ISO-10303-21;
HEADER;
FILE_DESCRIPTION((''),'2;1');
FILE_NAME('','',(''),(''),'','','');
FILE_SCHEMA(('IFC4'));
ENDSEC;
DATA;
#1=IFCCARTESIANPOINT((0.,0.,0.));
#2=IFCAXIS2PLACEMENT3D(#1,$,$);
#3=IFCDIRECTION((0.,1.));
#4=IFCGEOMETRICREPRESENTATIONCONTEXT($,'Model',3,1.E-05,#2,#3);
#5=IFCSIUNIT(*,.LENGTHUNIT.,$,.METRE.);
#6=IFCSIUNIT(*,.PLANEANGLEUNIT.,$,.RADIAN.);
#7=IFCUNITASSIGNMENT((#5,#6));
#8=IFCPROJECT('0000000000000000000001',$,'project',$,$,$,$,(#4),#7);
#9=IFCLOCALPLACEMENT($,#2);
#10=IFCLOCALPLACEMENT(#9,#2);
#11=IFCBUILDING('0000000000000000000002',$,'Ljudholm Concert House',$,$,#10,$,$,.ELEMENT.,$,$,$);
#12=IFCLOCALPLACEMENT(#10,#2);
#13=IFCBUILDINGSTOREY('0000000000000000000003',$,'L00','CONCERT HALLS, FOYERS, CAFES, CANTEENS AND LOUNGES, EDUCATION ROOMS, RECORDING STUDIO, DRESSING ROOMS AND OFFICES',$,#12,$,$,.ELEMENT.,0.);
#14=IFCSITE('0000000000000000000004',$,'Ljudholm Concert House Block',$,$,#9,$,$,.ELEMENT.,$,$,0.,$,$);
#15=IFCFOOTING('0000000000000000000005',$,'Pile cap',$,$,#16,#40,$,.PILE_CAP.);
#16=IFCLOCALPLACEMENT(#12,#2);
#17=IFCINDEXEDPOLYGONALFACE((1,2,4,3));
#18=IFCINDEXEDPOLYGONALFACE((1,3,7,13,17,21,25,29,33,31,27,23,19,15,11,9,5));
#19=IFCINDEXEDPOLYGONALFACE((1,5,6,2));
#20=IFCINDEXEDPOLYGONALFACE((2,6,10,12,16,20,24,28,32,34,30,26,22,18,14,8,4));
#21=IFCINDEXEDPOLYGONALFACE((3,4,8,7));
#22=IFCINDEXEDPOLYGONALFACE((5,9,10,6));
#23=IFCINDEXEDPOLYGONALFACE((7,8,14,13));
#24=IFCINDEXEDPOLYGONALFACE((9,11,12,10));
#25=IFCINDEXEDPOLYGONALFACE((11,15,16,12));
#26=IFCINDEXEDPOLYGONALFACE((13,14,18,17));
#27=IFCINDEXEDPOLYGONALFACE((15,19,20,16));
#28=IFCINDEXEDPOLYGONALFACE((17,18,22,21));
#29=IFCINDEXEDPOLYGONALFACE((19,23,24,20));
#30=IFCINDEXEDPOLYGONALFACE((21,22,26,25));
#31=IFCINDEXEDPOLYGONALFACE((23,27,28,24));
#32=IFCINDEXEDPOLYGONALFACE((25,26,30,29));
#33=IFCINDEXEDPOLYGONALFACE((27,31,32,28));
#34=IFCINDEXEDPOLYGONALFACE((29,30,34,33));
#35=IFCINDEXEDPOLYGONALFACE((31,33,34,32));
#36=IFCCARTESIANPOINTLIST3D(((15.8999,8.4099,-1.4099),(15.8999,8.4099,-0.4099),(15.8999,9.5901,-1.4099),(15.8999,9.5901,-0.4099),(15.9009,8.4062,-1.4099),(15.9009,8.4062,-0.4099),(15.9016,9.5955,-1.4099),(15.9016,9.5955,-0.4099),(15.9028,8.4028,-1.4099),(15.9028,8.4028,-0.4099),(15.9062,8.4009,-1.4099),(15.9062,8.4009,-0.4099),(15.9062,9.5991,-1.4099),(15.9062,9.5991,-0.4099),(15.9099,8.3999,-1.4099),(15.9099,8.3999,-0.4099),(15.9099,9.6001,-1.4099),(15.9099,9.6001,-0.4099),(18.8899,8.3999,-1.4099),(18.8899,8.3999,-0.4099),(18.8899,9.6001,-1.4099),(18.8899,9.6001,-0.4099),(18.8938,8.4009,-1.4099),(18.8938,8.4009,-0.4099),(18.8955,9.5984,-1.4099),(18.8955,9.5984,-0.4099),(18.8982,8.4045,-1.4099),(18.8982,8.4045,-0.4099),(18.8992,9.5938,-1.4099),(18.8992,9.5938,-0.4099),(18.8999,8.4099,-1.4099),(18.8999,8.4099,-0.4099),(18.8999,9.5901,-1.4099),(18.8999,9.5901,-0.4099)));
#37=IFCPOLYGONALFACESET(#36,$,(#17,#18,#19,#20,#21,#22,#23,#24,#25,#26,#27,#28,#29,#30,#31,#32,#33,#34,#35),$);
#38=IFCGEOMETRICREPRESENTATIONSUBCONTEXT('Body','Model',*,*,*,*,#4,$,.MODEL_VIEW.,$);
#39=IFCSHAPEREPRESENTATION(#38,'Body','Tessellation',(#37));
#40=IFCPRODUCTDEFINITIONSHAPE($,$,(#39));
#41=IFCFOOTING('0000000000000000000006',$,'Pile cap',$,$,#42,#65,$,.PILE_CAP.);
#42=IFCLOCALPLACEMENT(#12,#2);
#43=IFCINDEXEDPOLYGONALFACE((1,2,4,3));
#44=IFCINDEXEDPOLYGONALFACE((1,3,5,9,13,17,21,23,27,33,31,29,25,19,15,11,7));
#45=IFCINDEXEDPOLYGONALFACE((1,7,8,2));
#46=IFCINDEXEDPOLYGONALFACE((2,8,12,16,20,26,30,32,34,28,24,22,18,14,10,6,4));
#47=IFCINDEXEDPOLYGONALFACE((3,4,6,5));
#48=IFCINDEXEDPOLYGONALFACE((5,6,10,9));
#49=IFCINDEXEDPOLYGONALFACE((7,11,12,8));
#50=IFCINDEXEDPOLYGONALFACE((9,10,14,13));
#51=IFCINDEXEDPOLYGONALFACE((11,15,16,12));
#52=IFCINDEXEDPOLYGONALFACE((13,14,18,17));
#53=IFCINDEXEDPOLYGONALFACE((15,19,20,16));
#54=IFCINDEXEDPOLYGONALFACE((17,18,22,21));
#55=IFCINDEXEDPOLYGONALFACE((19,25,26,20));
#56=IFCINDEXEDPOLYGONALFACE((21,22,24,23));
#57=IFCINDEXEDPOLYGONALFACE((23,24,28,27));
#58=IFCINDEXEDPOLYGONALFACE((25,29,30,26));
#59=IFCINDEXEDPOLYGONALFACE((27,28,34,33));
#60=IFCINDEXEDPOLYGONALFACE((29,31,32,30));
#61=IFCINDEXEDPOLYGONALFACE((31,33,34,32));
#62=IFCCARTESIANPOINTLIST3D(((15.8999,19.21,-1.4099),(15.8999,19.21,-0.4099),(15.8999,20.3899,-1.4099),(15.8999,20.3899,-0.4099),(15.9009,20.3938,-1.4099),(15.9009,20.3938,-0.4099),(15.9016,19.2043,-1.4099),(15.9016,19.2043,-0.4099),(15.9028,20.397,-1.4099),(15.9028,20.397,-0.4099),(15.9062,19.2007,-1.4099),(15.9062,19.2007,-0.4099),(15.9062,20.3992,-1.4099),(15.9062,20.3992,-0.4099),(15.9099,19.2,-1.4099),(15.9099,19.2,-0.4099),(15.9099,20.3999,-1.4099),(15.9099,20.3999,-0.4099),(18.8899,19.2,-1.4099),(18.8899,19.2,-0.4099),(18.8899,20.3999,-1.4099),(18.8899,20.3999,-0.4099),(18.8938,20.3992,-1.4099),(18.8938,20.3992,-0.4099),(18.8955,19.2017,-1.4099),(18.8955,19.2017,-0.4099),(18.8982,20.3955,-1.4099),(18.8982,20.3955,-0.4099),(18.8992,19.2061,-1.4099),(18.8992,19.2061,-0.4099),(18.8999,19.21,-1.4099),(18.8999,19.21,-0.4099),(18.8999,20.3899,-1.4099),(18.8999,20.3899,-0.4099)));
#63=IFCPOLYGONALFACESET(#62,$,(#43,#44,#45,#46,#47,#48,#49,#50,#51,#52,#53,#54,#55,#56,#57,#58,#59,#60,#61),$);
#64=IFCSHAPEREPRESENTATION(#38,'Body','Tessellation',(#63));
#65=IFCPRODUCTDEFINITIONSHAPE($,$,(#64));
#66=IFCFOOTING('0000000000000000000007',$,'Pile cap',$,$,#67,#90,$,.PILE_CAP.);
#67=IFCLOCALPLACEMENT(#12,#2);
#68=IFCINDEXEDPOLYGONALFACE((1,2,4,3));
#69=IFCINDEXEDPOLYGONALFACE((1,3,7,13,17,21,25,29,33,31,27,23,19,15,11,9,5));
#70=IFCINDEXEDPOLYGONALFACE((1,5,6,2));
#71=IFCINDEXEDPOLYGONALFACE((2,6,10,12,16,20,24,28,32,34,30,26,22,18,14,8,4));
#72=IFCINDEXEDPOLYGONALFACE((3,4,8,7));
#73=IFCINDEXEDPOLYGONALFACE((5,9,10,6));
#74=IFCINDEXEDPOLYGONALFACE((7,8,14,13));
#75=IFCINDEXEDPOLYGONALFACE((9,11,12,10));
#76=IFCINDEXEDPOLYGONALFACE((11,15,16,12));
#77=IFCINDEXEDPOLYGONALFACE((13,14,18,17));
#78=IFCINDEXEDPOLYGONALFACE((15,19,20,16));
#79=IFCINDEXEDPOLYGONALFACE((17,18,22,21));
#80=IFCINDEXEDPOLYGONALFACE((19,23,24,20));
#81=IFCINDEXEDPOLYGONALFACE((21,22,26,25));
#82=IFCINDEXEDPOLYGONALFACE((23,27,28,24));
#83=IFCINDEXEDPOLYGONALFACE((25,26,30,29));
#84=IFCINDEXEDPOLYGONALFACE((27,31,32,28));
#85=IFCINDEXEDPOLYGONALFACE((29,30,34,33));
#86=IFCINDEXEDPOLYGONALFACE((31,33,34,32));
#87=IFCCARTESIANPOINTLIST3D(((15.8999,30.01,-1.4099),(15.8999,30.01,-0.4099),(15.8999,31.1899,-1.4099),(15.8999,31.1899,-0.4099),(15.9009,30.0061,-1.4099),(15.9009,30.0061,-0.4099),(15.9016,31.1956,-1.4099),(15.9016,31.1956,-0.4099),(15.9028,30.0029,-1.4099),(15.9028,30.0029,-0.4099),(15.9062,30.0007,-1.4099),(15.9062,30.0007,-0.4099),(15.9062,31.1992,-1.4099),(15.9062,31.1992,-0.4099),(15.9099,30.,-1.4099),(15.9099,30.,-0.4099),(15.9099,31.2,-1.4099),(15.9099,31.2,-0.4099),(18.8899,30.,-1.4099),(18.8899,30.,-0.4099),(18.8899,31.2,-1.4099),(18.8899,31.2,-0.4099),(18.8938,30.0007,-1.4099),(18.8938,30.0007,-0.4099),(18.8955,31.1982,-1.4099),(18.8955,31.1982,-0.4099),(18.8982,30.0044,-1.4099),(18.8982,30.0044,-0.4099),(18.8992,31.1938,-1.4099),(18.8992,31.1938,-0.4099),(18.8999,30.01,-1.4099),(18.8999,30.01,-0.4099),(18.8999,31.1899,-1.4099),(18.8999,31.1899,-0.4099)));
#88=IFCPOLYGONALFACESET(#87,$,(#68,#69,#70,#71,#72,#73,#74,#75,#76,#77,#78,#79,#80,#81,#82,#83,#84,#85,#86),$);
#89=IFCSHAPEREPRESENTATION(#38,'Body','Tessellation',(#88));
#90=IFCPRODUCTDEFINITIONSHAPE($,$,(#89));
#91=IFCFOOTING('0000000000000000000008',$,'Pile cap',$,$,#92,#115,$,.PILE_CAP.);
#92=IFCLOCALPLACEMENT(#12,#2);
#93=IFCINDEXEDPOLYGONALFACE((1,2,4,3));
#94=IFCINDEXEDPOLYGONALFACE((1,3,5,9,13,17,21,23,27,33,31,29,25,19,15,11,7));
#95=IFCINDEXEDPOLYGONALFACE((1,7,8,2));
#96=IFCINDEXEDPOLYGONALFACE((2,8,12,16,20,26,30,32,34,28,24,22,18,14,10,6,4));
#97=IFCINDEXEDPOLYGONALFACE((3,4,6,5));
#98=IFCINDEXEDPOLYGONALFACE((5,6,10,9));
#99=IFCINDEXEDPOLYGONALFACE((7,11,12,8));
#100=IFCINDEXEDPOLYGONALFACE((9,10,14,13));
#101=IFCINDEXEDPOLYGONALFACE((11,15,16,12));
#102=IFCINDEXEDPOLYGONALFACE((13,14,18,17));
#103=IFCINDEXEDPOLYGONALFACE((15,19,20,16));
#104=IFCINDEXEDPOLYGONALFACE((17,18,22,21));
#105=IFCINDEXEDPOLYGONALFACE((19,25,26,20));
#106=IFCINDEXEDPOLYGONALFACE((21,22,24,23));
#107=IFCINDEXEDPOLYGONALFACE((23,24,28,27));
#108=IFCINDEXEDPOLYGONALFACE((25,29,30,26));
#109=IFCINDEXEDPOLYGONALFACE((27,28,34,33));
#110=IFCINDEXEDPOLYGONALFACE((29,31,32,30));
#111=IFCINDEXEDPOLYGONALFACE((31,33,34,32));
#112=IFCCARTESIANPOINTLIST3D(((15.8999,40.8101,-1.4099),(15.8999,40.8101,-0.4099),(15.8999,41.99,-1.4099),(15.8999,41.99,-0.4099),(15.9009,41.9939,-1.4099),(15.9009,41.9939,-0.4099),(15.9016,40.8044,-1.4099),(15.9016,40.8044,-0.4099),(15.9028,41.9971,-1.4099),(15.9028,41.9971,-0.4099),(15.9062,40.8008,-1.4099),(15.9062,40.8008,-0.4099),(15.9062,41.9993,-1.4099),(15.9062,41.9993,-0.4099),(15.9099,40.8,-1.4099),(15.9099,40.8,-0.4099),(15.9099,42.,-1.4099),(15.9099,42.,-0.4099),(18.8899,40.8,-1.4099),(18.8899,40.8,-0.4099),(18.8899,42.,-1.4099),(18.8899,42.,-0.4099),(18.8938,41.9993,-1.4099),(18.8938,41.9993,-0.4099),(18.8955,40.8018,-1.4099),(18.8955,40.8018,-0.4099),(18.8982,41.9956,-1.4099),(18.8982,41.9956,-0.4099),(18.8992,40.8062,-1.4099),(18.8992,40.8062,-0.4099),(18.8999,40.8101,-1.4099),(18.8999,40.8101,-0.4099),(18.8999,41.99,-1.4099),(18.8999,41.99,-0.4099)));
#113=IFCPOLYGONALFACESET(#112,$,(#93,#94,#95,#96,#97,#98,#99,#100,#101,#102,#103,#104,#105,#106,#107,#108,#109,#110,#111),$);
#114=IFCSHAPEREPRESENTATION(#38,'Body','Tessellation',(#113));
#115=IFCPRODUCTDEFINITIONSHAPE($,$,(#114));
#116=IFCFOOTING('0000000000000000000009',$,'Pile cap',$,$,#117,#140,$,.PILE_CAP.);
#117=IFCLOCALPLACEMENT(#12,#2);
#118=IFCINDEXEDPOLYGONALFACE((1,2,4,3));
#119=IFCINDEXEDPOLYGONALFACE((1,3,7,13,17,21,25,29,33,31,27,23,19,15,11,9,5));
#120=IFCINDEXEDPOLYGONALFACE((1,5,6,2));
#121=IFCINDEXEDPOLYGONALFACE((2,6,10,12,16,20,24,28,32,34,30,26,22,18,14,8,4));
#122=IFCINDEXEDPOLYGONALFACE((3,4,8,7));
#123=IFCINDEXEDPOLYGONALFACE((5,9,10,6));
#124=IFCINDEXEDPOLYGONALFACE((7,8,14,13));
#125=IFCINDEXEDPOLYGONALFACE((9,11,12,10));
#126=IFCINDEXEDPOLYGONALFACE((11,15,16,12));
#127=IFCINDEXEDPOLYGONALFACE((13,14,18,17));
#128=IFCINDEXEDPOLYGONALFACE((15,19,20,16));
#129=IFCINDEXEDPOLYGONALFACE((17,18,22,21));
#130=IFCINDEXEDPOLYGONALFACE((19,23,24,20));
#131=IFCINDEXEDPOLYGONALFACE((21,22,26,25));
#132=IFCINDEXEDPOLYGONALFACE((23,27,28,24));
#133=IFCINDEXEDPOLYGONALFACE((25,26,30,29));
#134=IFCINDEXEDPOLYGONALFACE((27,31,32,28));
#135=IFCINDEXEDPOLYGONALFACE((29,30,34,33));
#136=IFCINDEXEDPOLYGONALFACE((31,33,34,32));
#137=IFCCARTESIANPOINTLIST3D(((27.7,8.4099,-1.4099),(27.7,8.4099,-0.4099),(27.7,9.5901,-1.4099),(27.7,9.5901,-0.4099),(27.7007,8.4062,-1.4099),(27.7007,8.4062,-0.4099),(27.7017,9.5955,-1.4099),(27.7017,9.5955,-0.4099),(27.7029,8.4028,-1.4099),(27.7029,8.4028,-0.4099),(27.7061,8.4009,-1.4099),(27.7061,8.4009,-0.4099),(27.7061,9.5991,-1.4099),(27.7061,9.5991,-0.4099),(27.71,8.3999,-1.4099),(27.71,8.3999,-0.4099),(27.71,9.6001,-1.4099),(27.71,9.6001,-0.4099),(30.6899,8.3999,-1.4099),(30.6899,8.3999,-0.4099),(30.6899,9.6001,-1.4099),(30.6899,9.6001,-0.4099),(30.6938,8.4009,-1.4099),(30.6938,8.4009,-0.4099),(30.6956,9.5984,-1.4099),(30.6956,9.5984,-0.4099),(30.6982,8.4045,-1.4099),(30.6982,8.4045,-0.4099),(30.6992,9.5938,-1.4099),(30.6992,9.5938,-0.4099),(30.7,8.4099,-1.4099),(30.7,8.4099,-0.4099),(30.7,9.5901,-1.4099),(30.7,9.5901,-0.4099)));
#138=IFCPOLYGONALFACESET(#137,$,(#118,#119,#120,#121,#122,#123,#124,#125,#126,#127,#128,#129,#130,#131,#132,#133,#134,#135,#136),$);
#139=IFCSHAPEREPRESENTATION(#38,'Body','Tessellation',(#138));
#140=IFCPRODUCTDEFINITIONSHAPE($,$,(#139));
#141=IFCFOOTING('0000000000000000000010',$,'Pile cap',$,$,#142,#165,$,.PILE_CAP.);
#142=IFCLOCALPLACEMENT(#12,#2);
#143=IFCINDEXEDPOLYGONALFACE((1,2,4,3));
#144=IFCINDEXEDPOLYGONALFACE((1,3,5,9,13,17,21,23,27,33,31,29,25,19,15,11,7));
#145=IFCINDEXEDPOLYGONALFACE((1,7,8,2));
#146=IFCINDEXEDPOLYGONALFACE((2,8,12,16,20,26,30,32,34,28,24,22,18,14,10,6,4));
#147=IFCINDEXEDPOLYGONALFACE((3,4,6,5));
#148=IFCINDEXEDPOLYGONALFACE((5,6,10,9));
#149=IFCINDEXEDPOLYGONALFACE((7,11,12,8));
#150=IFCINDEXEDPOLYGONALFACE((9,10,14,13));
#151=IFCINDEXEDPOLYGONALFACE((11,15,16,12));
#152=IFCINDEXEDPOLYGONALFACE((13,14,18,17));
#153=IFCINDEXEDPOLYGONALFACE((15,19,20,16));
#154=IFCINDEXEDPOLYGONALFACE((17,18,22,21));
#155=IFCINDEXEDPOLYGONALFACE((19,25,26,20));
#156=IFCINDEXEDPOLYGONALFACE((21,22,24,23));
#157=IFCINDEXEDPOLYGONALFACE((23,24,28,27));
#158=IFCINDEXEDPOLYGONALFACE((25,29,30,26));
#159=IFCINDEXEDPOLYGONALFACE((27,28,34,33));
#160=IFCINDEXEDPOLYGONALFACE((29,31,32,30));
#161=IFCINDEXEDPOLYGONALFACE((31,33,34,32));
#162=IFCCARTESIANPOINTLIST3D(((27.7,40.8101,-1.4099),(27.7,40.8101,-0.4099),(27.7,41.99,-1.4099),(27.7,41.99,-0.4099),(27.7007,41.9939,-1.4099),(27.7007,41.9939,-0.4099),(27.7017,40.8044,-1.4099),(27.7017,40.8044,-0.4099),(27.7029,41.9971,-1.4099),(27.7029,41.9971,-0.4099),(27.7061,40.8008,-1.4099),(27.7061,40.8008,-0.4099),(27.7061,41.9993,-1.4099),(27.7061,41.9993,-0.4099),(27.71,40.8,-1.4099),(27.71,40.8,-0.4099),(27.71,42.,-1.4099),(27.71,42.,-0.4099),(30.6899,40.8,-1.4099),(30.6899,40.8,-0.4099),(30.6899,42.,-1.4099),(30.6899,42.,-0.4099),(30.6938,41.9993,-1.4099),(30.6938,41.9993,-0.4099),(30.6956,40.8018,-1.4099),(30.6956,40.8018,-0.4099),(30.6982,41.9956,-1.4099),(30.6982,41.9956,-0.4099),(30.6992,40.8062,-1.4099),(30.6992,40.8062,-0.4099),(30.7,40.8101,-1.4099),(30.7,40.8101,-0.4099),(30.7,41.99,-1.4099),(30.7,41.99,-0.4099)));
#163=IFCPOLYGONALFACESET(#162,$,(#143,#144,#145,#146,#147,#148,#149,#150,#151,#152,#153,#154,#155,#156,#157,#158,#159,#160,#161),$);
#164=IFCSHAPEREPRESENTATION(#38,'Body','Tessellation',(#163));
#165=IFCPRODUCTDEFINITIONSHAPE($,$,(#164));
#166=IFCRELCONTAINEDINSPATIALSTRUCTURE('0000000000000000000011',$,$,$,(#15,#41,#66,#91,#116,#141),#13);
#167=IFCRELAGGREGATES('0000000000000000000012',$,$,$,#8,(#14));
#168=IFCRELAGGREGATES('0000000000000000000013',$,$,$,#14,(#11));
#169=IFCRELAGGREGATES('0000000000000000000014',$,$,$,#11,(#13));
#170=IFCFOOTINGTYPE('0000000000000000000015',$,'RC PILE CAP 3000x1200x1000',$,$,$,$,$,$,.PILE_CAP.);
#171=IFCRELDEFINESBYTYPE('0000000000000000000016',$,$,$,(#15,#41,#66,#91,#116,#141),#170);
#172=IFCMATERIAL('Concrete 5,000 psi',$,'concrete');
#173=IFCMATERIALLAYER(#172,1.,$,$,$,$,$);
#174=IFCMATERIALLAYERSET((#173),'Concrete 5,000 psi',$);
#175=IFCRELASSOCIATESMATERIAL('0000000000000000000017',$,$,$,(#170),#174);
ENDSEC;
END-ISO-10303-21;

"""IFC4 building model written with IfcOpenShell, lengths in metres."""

from ifc_helpers import new_model, si_unit, direction, frame, origin, place, context, subcontext, project, spatial, polyline, outline, extrude, material, layer, layer_set, type_object, element, save


model = new_model("IFC4")

# Units and contexts
model_context = context("Model", 3, precision=1e-05, world=origin(), true_north=direction((0.0, 1.0)))
body_context = subcontext(model_context, "Body", "Model", "MODEL_VIEW")
ifc_project = project(units=[si_unit("LENGTHUNIT", "METRE"), si_unit("PLANEANGLEUNIT", "RADIAN")], contexts=[model_context])

# Site, building, storey
site_placement = place(None, origin())
site = spatial("IfcSite", under=ifc_project, at=site_placement, Name="Ljudholm Concert House Block", CompositionType="ELEMENT", RefElevation=0.0)
building_placement = place(site_placement, origin())
building = spatial("IfcBuilding", under=site, at=building_placement, Name="Ljudholm Concert House", CompositionType="ELEMENT")
storey_placement = place(building_placement, origin())
storey = spatial("IfcBuildingStorey", under=building, at=storey_placement, Name="L00", Description="CONCERT HALLS, FOYERS, CAFES, CANTEENS AND LOUNGES, EDUCATION ROOMS, RECORDING STUDIO, DRESSING ROOMS AND OFFICES", CompositionType="ELEMENT", Elevation=0.0)

# Footings
ifc_material_1 = material(Name="Concrete 5,000 psi", Category="concrete")
ifc_layer_1 = layer(ifc_material_1, 1.0)
ifc_layer_set_1 = layer_set([ifc_layer_1], Name="Concrete 5,000 psi")
footing_type_1 = type_object("IfcFootingType", Name="RC PILE CAP 3000x1200x1000", PredefinedType="PILE_CAP", material=ifc_layer_set_1)
footing_1_placement = place(storey_placement, frame((0.0, 0.0, -1.4099)))
element("IfcFooting", 1, at=footing_1_placement, inside=storey, type_object=footing_type_1, Name="Pile cap", PredefinedType="PILE_CAP", context=body_context, shape_type="SweptSolid", body=[
    extrude(outline(polyline([(15.9099, 8.3999), (18.8899, 8.3999), (18.8938, 8.4009), (18.8982, 8.4045), (18.8999, 8.4099), (18.8999, 9.5901), (18.8992, 9.5938), (18.8955, 9.5984), (18.8899, 9.6001), (15.9099, 9.6001), (15.9062, 9.5991), (15.9016, 9.5955), (15.8999, 9.5901), (15.8999, 8.4099), (15.9009, 8.4062), (15.9028, 8.4028), (15.9062, 8.4009), (15.9099, 8.3999)])), origin(), (0.0, 0.0, 1.0), 1.0),
])
footing_2_placement = place(storey_placement, frame((0.0, 0.0, -1.4099)))
element("IfcFooting", 2, at=footing_2_placement, inside=storey, type_object=footing_type_1, Name="Pile cap", PredefinedType="PILE_CAP", context=body_context, shape_type="SweptSolid", body=[
    extrude(outline(polyline([(15.8999, 20.3899), (15.8999, 19.21), (15.9016, 19.2043), (15.9062, 19.2007), (15.9099, 19.2), (18.8899, 19.2), (18.8955, 19.2017), (18.8992, 19.2061), (18.8999, 19.21), (18.8999, 20.3899), (18.8982, 20.3955), (18.8938, 20.3992), (18.8899, 20.3999), (15.9099, 20.3999), (15.9062, 20.3992), (15.9028, 20.397), (15.9009, 20.3938), (15.8999, 20.3899)])), origin(), (0.0, 0.0, 1.0), 1.0),
])
footing_3_placement = place(storey_placement, frame((0.0, 0.0, -1.4099)))
element("IfcFooting", 3, at=footing_3_placement, inside=storey, type_object=footing_type_1, Name="Pile cap", PredefinedType="PILE_CAP", context=body_context, shape_type="SweptSolid", body=[
    extrude(outline(polyline([(15.9099, 30.0), (18.8899, 30.0), (18.8938, 30.0007), (18.8982, 30.0044), (18.8999, 30.01), (18.8999, 31.1899), (18.8992, 31.1938), (18.8955, 31.1982), (18.8899, 31.2), (15.9099, 31.2), (15.9062, 31.1992), (15.9016, 31.1956), (15.8999, 31.1899), (15.8999, 30.01), (15.9009, 30.0061), (15.9028, 30.0029), (15.9062, 30.0007), (15.9099, 30.0)])), origin(), (0.0, 0.0, 1.0), 1.0),
])
footing_4_placement = place(storey_placement, frame((0.0, 0.0, -1.4099)))
element("IfcFooting", 4, at=footing_4_placement, inside=storey, type_object=footing_type_1, Name="Pile cap", PredefinedType="PILE_CAP", context=body_context, shape_type="SweptSolid", body=[
    extrude(outline(polyline([(15.8999, 41.99), (15.8999, 40.8101), (15.9016, 40.8044), (15.9062, 40.8008), (15.9099, 40.8), (18.8899, 40.8), (18.8955, 40.8018), (18.8992, 40.8062), (18.8999, 40.8101), (18.8999, 41.99), (18.8982, 41.9956), (18.8938, 41.9993), (18.8899, 42.0), (15.9099, 42.0), (15.9062, 41.9993), (15.9028, 41.9971), (15.9009, 41.9939), (15.8999, 41.99)])), origin(), (0.0, 0.0, 1.0), 1.0),
])
footing_5_placement = place(storey_placement, frame((0.0, 0.0, -1.4099)))
element("IfcFooting", 5, at=footing_5_placement, inside=storey, type_object=footing_type_1, Name="Pile cap", PredefinedType="PILE_CAP", context=body_context, shape_type="SweptSolid", body=[
    extrude(outline(polyline([(27.71, 8.3999), (30.6899, 8.3999), (30.6938, 8.4009), (30.6982, 8.4045), (30.7, 8.4099), (30.7, 9.5901), (30.6992, 9.5938), (30.6956, 9.5984), (30.6899, 9.6001), (27.71, 9.6001), (27.7061, 9.5991), (27.7017, 9.5955), (27.7, 9.5901), (27.7, 8.4099), (27.7007, 8.4062), (27.7029, 8.4028), (27.7061, 8.4009), (27.71, 8.3999)])), origin(), (0.0, 0.0, 1.0), 1.0),
])
footing_6_placement = place(storey_placement, frame((0.0, 0.0, -1.4099)))
element("IfcFooting", 6, at=footing_6_placement, inside=storey, type_object=footing_type_1, Name="Pile cap", PredefinedType="PILE_CAP", context=body_context, shape_type="SweptSolid", body=[
    extrude(outline(polyline([(27.7, 41.99), (27.7, 40.8101), (27.7017, 40.8044), (27.7061, 40.8008), (27.71, 40.8), (30.6899, 40.8), (30.6956, 40.8018), (30.6992, 40.8062), (30.7, 40.8101), (30.7, 41.99), (30.6982, 41.9956), (30.6938, 41.9993), (30.6899, 42.0), (27.71, 42.0), (27.7061, 41.9993), (27.7029, 41.9971), (27.7007, 41.9939), (27.7, 41.99)])), origin(), (0.0, 0.0, 1.0), 1.0),
])

save(model, "model.ifc")
